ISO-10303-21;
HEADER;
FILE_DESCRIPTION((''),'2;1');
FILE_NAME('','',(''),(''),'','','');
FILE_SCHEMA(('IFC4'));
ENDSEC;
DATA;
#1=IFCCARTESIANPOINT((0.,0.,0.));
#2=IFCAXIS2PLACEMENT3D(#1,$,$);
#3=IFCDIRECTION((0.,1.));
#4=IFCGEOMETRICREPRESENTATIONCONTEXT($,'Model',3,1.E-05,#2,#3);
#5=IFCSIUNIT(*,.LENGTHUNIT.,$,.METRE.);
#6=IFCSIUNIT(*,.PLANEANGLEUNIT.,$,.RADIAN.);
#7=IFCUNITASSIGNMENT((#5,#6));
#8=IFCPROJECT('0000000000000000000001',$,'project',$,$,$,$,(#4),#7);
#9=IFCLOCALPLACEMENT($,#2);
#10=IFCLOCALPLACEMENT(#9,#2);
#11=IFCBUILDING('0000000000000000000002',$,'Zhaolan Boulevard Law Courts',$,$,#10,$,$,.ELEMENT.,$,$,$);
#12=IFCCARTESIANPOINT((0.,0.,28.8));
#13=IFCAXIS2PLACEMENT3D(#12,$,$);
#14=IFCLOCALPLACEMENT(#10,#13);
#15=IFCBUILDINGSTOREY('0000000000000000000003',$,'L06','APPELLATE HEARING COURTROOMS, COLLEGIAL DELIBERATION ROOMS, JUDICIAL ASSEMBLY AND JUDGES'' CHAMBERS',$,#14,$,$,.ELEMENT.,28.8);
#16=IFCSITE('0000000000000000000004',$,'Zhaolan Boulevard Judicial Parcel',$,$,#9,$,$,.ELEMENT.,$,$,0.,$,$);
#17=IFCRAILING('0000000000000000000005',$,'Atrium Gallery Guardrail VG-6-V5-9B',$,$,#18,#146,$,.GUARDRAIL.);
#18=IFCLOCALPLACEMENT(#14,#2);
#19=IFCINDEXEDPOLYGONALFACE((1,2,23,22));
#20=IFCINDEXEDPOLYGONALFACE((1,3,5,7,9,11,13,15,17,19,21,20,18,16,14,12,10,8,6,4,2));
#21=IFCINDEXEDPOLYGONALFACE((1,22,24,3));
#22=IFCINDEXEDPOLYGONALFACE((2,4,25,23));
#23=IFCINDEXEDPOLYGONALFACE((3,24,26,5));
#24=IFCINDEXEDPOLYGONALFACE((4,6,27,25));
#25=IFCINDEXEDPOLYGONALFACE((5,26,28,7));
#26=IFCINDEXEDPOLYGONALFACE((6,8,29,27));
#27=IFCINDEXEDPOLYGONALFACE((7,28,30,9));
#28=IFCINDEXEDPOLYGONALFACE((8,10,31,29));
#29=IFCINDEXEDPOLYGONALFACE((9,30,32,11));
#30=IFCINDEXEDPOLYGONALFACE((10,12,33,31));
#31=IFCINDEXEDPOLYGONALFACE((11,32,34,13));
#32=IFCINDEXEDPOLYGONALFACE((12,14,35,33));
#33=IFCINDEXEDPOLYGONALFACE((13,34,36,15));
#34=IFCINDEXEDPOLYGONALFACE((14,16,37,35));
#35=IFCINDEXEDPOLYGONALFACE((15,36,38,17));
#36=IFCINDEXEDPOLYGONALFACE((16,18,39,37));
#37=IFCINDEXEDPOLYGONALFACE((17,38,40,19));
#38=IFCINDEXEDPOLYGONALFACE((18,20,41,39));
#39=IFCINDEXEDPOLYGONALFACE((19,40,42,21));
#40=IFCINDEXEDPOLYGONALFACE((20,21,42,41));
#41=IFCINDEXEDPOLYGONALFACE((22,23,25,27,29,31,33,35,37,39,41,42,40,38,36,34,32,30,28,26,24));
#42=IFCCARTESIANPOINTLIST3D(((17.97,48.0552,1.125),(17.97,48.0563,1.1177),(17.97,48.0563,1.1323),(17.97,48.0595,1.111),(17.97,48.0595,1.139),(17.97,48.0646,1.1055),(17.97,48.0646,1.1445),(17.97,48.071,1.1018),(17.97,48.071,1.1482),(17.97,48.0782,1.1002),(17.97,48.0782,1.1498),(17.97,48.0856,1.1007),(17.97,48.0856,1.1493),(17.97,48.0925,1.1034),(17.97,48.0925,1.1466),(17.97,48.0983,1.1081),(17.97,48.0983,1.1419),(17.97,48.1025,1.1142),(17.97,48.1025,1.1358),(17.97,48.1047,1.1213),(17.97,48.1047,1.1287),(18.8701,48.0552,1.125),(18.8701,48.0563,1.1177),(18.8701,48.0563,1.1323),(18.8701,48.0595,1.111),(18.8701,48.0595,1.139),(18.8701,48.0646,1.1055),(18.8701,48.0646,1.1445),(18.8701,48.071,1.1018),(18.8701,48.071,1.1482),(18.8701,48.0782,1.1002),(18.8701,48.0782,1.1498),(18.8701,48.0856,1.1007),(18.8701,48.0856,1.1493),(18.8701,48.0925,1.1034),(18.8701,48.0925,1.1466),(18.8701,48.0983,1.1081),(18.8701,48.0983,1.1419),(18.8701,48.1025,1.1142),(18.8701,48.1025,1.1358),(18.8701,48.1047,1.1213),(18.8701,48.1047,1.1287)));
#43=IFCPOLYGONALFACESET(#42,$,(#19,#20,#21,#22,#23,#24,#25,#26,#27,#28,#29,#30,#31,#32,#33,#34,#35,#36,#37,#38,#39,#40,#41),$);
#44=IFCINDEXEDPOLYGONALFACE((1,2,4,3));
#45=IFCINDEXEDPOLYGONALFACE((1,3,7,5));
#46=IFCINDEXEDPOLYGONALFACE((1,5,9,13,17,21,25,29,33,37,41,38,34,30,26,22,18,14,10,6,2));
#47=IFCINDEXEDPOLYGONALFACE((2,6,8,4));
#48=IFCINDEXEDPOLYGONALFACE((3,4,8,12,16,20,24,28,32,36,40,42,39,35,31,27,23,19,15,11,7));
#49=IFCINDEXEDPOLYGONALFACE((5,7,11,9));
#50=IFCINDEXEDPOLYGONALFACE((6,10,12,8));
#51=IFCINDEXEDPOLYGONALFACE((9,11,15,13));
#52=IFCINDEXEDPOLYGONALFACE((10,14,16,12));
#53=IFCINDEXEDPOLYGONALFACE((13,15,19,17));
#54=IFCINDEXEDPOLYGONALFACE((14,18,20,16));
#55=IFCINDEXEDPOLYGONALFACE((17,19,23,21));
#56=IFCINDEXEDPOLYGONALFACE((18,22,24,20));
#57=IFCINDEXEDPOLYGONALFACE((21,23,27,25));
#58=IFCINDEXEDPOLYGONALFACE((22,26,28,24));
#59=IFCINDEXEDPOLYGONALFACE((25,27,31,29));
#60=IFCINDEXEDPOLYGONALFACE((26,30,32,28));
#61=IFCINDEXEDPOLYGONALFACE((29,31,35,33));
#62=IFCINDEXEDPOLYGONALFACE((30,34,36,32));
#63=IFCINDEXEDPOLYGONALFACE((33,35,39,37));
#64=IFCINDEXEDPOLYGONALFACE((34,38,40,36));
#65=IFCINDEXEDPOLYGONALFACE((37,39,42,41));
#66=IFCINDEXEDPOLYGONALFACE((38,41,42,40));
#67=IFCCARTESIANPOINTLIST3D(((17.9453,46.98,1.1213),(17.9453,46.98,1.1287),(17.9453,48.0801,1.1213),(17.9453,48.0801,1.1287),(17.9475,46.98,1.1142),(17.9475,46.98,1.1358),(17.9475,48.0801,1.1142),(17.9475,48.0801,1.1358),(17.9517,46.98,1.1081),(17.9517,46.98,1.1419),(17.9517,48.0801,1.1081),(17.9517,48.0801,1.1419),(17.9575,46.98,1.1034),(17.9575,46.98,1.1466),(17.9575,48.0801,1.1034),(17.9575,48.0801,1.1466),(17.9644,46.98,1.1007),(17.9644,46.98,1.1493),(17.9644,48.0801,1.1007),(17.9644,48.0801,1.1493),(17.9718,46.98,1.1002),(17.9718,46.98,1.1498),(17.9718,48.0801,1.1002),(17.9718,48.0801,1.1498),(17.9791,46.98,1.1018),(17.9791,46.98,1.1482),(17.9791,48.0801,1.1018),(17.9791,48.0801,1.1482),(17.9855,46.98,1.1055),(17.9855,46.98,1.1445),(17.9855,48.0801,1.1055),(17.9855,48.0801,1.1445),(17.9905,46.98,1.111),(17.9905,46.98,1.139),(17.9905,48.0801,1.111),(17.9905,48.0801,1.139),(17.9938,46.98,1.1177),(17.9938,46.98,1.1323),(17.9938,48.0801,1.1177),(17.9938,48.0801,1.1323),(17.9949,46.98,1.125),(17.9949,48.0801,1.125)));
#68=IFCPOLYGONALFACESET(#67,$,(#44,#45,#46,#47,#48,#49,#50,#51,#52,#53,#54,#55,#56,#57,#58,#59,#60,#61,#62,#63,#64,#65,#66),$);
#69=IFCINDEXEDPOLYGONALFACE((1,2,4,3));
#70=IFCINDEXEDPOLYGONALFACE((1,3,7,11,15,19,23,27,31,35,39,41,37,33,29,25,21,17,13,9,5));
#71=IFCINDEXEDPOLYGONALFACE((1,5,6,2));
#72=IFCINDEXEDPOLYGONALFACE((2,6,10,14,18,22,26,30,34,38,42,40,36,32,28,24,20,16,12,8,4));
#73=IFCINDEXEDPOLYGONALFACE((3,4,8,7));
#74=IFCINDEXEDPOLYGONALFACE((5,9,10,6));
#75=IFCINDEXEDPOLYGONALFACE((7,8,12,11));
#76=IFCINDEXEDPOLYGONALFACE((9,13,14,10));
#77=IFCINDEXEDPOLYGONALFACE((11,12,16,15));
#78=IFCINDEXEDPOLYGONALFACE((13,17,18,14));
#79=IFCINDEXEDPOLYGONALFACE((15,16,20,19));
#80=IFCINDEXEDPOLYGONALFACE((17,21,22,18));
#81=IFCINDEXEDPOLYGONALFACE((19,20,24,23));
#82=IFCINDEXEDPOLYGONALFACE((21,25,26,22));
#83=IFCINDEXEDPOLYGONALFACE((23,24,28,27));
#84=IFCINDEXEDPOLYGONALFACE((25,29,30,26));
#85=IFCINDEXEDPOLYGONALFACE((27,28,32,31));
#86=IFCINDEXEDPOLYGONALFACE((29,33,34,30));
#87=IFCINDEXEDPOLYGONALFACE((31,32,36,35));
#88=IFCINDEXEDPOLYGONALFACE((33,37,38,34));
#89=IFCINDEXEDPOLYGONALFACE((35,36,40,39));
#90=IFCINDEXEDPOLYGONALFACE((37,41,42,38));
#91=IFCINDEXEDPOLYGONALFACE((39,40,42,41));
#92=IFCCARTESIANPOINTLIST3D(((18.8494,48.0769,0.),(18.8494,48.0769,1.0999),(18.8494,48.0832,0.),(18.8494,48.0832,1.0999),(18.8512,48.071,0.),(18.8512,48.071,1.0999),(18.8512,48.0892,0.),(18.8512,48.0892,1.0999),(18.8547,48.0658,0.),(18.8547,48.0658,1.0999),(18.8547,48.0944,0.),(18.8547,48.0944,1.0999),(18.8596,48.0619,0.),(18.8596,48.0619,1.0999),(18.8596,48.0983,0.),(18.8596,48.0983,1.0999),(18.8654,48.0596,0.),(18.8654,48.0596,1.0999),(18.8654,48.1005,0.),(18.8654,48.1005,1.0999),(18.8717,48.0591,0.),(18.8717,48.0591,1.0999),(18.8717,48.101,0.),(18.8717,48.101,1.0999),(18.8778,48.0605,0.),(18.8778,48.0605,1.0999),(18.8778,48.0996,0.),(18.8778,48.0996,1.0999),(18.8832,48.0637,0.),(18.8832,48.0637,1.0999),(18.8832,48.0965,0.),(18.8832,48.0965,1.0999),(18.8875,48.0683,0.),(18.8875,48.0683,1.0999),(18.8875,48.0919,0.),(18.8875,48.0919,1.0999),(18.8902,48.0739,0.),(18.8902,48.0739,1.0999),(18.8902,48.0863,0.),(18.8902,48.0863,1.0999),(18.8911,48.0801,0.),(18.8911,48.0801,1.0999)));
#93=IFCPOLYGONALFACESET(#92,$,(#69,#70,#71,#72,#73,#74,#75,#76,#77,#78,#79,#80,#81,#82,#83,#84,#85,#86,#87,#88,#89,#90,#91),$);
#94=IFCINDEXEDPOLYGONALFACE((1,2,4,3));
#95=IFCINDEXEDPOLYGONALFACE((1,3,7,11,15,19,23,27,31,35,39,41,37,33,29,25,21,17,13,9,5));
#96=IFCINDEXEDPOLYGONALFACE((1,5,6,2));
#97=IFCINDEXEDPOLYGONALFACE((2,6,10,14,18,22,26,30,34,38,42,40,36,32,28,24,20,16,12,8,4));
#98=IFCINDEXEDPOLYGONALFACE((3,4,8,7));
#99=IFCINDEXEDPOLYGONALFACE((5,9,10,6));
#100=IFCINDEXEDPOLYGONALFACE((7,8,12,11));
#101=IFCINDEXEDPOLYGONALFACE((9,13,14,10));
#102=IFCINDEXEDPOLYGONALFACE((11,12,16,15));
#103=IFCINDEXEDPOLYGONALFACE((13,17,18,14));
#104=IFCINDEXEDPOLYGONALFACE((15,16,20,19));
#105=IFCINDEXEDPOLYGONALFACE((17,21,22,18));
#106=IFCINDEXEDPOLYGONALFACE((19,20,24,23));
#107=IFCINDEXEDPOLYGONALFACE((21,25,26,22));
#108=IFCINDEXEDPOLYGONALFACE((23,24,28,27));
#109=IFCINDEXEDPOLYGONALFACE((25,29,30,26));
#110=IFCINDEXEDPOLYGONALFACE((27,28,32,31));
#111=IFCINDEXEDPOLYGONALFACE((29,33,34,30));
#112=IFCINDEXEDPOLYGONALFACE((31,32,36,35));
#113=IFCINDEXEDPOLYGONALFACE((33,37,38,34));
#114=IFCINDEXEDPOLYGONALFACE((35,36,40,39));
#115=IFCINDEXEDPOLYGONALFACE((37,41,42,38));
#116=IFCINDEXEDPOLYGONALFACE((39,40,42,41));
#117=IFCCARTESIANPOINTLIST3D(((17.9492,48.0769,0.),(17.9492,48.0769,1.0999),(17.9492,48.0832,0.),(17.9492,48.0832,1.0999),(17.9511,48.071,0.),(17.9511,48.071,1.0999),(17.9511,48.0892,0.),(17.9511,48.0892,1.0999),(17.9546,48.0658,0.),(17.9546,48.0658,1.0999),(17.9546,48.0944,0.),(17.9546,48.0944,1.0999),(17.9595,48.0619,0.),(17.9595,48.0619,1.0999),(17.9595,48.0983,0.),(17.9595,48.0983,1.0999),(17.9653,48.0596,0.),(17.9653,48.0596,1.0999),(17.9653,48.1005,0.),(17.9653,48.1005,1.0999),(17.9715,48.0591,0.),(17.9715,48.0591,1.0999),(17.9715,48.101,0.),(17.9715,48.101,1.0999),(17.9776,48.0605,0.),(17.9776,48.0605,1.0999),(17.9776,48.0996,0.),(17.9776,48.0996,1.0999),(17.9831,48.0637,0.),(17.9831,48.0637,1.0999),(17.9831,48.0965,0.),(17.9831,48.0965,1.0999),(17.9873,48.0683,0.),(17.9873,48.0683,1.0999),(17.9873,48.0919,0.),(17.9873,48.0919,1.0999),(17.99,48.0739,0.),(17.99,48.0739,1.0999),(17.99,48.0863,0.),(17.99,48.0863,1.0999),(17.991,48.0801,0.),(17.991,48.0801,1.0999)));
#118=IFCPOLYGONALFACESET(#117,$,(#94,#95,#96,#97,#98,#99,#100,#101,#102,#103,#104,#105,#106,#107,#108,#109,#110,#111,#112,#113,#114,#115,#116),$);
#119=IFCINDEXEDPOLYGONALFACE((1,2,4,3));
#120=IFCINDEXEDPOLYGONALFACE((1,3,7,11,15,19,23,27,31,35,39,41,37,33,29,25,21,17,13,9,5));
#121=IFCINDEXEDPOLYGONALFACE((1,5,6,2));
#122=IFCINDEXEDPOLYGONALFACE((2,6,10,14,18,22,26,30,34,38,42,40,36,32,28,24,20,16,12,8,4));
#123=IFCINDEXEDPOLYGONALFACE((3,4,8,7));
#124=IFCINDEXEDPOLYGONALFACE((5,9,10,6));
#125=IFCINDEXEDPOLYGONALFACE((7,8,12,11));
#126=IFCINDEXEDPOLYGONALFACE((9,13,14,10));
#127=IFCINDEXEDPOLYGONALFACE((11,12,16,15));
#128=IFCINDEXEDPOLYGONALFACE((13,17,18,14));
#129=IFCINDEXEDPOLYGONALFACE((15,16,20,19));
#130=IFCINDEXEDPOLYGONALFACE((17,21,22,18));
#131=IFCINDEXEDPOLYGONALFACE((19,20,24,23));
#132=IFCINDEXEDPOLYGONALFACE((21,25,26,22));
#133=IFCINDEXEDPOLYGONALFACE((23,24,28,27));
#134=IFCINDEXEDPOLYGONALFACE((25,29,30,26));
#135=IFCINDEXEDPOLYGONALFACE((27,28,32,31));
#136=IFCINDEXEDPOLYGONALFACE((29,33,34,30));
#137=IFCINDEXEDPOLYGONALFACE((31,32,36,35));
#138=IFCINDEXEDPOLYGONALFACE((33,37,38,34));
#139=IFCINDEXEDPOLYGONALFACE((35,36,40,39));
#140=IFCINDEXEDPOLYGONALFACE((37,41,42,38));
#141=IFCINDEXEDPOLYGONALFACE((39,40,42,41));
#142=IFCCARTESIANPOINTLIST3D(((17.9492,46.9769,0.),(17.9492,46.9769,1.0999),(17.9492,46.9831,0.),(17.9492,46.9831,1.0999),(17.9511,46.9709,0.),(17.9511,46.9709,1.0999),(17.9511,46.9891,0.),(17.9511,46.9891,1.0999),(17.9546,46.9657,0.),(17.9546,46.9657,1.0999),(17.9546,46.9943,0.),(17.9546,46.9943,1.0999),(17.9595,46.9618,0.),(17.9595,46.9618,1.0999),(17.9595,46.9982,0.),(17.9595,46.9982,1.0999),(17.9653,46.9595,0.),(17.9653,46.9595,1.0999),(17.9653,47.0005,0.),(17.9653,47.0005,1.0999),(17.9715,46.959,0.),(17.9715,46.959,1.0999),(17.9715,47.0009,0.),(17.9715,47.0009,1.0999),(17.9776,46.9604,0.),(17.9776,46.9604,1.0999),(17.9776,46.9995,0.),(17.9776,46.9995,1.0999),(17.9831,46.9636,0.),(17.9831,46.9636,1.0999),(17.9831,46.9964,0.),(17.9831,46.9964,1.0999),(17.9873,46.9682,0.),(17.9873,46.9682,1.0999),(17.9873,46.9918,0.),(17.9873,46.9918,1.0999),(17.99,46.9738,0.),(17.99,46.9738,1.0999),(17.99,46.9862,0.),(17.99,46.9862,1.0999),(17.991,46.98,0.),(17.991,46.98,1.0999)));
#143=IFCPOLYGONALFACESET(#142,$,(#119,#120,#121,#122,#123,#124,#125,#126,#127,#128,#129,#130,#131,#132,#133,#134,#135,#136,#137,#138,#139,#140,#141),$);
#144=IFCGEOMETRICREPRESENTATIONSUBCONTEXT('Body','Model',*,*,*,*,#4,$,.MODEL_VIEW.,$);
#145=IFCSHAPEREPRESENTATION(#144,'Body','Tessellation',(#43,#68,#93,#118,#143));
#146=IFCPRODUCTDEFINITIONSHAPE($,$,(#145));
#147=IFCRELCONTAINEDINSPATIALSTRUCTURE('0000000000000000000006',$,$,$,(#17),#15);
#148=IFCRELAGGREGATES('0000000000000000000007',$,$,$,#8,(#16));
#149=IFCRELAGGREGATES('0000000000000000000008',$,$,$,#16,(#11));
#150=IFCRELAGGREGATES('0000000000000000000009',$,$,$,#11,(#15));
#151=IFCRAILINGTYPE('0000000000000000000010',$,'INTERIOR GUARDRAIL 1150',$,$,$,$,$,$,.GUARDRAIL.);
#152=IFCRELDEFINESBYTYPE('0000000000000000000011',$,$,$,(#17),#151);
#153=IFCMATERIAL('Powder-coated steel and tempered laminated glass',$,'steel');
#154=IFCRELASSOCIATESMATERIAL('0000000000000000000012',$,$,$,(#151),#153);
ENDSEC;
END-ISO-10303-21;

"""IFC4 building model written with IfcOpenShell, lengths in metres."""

from ifc_helpers import new_model, si_unit, direction, frame, origin, origin_2d, place, context, subcontext, project, spatial, circle, extrude, material, type_object, element, save


model = new_model("IFC4")

# Units and contexts
model_context = context("Model", 3, precision=1e-05, world=origin(), true_north=direction((0.0, 1.0)))
body_context = subcontext(model_context, "Body", "Model", "MODEL_VIEW")
ifc_project = project(units=[si_unit("LENGTHUNIT", "METRE"), si_unit("PLANEANGLEUNIT", "RADIAN")], contexts=[model_context])

# Site, building, storey
site_placement = place(None, origin())
site = spatial("IfcSite", under=ifc_project, at=site_placement, Name="Zhaolan Boulevard Judicial Parcel", CompositionType="ELEMENT", RefElevation=0.0)
building_placement = place(site_placement, origin())
building = spatial("IfcBuilding", under=site, at=building_placement, Name="Zhaolan Boulevard Law Courts", CompositionType="ELEMENT")
storey_placement = place(building_placement, frame((0.0, 0.0, 28.8)))
storey = spatial("IfcBuildingStorey", under=building, at=storey_placement, Name="L06", Description="APPELLATE HEARING COURTROOMS, COLLEGIAL DELIBERATION ROOMS, JUDICIAL ASSEMBLY AND JUDGES' CHAMBERS", CompositionType="ELEMENT", Elevation=28.8)

# Railing
ifc_material_1 = material(Name="Powder-coated steel and tempered laminated glass", Category="steel")
railing_type_1 = type_object("IfcRailingType", Name="INTERIOR GUARDRAIL 1150", PredefinedType="GUARDRAIL", material=ifc_material_1)
railing_1_placement = place(storey_placement, frame((18.8701, 48.0801, 0.0)))
element("IfcRailing", 1, at=railing_1_placement, inside=storey, type_object=railing_type_1, Name="Atrium Gallery Guardrail VG-6-V5-9B", PredefinedType="GUARDRAIL", context=body_context, shape_type="SweptSolid", body=[
    extrude(circle(Radius=0.0249, at=origin_2d()), frame((0.0, 0.0, 1.125), z_axis=(-1.0, 0.0, 0.0), x_axis=(0.0, -1.0, 0.0)), (0.0, 0.0, 1.0), 0.9001),
    extrude(circle(Radius=0.0249, at=origin_2d()), frame((-0.9001, 0.0, 1.125), z_axis=(0.0, -1.0, 0.0), x_axis=(1.0, 0.0, 0.0)), (0.0, 0.0, 1.0), 1.1001),
    extrude(circle(Radius=0.021, at=origin_2d()), origin(), (0.0, 0.0, 1.0), 1.0999),
    extrude(circle(Radius=0.021, at=origin_2d()), frame((-0.9001, 0.0, 0.0)), (0.0, 0.0, 1.0), 1.0999),
    extrude(circle(Radius=0.021, at=origin_2d()), frame((-0.9001, -1.1001, 0.0)), (0.0, 0.0, 1.0), 1.0999),
])

save(model, "model.ifc")
